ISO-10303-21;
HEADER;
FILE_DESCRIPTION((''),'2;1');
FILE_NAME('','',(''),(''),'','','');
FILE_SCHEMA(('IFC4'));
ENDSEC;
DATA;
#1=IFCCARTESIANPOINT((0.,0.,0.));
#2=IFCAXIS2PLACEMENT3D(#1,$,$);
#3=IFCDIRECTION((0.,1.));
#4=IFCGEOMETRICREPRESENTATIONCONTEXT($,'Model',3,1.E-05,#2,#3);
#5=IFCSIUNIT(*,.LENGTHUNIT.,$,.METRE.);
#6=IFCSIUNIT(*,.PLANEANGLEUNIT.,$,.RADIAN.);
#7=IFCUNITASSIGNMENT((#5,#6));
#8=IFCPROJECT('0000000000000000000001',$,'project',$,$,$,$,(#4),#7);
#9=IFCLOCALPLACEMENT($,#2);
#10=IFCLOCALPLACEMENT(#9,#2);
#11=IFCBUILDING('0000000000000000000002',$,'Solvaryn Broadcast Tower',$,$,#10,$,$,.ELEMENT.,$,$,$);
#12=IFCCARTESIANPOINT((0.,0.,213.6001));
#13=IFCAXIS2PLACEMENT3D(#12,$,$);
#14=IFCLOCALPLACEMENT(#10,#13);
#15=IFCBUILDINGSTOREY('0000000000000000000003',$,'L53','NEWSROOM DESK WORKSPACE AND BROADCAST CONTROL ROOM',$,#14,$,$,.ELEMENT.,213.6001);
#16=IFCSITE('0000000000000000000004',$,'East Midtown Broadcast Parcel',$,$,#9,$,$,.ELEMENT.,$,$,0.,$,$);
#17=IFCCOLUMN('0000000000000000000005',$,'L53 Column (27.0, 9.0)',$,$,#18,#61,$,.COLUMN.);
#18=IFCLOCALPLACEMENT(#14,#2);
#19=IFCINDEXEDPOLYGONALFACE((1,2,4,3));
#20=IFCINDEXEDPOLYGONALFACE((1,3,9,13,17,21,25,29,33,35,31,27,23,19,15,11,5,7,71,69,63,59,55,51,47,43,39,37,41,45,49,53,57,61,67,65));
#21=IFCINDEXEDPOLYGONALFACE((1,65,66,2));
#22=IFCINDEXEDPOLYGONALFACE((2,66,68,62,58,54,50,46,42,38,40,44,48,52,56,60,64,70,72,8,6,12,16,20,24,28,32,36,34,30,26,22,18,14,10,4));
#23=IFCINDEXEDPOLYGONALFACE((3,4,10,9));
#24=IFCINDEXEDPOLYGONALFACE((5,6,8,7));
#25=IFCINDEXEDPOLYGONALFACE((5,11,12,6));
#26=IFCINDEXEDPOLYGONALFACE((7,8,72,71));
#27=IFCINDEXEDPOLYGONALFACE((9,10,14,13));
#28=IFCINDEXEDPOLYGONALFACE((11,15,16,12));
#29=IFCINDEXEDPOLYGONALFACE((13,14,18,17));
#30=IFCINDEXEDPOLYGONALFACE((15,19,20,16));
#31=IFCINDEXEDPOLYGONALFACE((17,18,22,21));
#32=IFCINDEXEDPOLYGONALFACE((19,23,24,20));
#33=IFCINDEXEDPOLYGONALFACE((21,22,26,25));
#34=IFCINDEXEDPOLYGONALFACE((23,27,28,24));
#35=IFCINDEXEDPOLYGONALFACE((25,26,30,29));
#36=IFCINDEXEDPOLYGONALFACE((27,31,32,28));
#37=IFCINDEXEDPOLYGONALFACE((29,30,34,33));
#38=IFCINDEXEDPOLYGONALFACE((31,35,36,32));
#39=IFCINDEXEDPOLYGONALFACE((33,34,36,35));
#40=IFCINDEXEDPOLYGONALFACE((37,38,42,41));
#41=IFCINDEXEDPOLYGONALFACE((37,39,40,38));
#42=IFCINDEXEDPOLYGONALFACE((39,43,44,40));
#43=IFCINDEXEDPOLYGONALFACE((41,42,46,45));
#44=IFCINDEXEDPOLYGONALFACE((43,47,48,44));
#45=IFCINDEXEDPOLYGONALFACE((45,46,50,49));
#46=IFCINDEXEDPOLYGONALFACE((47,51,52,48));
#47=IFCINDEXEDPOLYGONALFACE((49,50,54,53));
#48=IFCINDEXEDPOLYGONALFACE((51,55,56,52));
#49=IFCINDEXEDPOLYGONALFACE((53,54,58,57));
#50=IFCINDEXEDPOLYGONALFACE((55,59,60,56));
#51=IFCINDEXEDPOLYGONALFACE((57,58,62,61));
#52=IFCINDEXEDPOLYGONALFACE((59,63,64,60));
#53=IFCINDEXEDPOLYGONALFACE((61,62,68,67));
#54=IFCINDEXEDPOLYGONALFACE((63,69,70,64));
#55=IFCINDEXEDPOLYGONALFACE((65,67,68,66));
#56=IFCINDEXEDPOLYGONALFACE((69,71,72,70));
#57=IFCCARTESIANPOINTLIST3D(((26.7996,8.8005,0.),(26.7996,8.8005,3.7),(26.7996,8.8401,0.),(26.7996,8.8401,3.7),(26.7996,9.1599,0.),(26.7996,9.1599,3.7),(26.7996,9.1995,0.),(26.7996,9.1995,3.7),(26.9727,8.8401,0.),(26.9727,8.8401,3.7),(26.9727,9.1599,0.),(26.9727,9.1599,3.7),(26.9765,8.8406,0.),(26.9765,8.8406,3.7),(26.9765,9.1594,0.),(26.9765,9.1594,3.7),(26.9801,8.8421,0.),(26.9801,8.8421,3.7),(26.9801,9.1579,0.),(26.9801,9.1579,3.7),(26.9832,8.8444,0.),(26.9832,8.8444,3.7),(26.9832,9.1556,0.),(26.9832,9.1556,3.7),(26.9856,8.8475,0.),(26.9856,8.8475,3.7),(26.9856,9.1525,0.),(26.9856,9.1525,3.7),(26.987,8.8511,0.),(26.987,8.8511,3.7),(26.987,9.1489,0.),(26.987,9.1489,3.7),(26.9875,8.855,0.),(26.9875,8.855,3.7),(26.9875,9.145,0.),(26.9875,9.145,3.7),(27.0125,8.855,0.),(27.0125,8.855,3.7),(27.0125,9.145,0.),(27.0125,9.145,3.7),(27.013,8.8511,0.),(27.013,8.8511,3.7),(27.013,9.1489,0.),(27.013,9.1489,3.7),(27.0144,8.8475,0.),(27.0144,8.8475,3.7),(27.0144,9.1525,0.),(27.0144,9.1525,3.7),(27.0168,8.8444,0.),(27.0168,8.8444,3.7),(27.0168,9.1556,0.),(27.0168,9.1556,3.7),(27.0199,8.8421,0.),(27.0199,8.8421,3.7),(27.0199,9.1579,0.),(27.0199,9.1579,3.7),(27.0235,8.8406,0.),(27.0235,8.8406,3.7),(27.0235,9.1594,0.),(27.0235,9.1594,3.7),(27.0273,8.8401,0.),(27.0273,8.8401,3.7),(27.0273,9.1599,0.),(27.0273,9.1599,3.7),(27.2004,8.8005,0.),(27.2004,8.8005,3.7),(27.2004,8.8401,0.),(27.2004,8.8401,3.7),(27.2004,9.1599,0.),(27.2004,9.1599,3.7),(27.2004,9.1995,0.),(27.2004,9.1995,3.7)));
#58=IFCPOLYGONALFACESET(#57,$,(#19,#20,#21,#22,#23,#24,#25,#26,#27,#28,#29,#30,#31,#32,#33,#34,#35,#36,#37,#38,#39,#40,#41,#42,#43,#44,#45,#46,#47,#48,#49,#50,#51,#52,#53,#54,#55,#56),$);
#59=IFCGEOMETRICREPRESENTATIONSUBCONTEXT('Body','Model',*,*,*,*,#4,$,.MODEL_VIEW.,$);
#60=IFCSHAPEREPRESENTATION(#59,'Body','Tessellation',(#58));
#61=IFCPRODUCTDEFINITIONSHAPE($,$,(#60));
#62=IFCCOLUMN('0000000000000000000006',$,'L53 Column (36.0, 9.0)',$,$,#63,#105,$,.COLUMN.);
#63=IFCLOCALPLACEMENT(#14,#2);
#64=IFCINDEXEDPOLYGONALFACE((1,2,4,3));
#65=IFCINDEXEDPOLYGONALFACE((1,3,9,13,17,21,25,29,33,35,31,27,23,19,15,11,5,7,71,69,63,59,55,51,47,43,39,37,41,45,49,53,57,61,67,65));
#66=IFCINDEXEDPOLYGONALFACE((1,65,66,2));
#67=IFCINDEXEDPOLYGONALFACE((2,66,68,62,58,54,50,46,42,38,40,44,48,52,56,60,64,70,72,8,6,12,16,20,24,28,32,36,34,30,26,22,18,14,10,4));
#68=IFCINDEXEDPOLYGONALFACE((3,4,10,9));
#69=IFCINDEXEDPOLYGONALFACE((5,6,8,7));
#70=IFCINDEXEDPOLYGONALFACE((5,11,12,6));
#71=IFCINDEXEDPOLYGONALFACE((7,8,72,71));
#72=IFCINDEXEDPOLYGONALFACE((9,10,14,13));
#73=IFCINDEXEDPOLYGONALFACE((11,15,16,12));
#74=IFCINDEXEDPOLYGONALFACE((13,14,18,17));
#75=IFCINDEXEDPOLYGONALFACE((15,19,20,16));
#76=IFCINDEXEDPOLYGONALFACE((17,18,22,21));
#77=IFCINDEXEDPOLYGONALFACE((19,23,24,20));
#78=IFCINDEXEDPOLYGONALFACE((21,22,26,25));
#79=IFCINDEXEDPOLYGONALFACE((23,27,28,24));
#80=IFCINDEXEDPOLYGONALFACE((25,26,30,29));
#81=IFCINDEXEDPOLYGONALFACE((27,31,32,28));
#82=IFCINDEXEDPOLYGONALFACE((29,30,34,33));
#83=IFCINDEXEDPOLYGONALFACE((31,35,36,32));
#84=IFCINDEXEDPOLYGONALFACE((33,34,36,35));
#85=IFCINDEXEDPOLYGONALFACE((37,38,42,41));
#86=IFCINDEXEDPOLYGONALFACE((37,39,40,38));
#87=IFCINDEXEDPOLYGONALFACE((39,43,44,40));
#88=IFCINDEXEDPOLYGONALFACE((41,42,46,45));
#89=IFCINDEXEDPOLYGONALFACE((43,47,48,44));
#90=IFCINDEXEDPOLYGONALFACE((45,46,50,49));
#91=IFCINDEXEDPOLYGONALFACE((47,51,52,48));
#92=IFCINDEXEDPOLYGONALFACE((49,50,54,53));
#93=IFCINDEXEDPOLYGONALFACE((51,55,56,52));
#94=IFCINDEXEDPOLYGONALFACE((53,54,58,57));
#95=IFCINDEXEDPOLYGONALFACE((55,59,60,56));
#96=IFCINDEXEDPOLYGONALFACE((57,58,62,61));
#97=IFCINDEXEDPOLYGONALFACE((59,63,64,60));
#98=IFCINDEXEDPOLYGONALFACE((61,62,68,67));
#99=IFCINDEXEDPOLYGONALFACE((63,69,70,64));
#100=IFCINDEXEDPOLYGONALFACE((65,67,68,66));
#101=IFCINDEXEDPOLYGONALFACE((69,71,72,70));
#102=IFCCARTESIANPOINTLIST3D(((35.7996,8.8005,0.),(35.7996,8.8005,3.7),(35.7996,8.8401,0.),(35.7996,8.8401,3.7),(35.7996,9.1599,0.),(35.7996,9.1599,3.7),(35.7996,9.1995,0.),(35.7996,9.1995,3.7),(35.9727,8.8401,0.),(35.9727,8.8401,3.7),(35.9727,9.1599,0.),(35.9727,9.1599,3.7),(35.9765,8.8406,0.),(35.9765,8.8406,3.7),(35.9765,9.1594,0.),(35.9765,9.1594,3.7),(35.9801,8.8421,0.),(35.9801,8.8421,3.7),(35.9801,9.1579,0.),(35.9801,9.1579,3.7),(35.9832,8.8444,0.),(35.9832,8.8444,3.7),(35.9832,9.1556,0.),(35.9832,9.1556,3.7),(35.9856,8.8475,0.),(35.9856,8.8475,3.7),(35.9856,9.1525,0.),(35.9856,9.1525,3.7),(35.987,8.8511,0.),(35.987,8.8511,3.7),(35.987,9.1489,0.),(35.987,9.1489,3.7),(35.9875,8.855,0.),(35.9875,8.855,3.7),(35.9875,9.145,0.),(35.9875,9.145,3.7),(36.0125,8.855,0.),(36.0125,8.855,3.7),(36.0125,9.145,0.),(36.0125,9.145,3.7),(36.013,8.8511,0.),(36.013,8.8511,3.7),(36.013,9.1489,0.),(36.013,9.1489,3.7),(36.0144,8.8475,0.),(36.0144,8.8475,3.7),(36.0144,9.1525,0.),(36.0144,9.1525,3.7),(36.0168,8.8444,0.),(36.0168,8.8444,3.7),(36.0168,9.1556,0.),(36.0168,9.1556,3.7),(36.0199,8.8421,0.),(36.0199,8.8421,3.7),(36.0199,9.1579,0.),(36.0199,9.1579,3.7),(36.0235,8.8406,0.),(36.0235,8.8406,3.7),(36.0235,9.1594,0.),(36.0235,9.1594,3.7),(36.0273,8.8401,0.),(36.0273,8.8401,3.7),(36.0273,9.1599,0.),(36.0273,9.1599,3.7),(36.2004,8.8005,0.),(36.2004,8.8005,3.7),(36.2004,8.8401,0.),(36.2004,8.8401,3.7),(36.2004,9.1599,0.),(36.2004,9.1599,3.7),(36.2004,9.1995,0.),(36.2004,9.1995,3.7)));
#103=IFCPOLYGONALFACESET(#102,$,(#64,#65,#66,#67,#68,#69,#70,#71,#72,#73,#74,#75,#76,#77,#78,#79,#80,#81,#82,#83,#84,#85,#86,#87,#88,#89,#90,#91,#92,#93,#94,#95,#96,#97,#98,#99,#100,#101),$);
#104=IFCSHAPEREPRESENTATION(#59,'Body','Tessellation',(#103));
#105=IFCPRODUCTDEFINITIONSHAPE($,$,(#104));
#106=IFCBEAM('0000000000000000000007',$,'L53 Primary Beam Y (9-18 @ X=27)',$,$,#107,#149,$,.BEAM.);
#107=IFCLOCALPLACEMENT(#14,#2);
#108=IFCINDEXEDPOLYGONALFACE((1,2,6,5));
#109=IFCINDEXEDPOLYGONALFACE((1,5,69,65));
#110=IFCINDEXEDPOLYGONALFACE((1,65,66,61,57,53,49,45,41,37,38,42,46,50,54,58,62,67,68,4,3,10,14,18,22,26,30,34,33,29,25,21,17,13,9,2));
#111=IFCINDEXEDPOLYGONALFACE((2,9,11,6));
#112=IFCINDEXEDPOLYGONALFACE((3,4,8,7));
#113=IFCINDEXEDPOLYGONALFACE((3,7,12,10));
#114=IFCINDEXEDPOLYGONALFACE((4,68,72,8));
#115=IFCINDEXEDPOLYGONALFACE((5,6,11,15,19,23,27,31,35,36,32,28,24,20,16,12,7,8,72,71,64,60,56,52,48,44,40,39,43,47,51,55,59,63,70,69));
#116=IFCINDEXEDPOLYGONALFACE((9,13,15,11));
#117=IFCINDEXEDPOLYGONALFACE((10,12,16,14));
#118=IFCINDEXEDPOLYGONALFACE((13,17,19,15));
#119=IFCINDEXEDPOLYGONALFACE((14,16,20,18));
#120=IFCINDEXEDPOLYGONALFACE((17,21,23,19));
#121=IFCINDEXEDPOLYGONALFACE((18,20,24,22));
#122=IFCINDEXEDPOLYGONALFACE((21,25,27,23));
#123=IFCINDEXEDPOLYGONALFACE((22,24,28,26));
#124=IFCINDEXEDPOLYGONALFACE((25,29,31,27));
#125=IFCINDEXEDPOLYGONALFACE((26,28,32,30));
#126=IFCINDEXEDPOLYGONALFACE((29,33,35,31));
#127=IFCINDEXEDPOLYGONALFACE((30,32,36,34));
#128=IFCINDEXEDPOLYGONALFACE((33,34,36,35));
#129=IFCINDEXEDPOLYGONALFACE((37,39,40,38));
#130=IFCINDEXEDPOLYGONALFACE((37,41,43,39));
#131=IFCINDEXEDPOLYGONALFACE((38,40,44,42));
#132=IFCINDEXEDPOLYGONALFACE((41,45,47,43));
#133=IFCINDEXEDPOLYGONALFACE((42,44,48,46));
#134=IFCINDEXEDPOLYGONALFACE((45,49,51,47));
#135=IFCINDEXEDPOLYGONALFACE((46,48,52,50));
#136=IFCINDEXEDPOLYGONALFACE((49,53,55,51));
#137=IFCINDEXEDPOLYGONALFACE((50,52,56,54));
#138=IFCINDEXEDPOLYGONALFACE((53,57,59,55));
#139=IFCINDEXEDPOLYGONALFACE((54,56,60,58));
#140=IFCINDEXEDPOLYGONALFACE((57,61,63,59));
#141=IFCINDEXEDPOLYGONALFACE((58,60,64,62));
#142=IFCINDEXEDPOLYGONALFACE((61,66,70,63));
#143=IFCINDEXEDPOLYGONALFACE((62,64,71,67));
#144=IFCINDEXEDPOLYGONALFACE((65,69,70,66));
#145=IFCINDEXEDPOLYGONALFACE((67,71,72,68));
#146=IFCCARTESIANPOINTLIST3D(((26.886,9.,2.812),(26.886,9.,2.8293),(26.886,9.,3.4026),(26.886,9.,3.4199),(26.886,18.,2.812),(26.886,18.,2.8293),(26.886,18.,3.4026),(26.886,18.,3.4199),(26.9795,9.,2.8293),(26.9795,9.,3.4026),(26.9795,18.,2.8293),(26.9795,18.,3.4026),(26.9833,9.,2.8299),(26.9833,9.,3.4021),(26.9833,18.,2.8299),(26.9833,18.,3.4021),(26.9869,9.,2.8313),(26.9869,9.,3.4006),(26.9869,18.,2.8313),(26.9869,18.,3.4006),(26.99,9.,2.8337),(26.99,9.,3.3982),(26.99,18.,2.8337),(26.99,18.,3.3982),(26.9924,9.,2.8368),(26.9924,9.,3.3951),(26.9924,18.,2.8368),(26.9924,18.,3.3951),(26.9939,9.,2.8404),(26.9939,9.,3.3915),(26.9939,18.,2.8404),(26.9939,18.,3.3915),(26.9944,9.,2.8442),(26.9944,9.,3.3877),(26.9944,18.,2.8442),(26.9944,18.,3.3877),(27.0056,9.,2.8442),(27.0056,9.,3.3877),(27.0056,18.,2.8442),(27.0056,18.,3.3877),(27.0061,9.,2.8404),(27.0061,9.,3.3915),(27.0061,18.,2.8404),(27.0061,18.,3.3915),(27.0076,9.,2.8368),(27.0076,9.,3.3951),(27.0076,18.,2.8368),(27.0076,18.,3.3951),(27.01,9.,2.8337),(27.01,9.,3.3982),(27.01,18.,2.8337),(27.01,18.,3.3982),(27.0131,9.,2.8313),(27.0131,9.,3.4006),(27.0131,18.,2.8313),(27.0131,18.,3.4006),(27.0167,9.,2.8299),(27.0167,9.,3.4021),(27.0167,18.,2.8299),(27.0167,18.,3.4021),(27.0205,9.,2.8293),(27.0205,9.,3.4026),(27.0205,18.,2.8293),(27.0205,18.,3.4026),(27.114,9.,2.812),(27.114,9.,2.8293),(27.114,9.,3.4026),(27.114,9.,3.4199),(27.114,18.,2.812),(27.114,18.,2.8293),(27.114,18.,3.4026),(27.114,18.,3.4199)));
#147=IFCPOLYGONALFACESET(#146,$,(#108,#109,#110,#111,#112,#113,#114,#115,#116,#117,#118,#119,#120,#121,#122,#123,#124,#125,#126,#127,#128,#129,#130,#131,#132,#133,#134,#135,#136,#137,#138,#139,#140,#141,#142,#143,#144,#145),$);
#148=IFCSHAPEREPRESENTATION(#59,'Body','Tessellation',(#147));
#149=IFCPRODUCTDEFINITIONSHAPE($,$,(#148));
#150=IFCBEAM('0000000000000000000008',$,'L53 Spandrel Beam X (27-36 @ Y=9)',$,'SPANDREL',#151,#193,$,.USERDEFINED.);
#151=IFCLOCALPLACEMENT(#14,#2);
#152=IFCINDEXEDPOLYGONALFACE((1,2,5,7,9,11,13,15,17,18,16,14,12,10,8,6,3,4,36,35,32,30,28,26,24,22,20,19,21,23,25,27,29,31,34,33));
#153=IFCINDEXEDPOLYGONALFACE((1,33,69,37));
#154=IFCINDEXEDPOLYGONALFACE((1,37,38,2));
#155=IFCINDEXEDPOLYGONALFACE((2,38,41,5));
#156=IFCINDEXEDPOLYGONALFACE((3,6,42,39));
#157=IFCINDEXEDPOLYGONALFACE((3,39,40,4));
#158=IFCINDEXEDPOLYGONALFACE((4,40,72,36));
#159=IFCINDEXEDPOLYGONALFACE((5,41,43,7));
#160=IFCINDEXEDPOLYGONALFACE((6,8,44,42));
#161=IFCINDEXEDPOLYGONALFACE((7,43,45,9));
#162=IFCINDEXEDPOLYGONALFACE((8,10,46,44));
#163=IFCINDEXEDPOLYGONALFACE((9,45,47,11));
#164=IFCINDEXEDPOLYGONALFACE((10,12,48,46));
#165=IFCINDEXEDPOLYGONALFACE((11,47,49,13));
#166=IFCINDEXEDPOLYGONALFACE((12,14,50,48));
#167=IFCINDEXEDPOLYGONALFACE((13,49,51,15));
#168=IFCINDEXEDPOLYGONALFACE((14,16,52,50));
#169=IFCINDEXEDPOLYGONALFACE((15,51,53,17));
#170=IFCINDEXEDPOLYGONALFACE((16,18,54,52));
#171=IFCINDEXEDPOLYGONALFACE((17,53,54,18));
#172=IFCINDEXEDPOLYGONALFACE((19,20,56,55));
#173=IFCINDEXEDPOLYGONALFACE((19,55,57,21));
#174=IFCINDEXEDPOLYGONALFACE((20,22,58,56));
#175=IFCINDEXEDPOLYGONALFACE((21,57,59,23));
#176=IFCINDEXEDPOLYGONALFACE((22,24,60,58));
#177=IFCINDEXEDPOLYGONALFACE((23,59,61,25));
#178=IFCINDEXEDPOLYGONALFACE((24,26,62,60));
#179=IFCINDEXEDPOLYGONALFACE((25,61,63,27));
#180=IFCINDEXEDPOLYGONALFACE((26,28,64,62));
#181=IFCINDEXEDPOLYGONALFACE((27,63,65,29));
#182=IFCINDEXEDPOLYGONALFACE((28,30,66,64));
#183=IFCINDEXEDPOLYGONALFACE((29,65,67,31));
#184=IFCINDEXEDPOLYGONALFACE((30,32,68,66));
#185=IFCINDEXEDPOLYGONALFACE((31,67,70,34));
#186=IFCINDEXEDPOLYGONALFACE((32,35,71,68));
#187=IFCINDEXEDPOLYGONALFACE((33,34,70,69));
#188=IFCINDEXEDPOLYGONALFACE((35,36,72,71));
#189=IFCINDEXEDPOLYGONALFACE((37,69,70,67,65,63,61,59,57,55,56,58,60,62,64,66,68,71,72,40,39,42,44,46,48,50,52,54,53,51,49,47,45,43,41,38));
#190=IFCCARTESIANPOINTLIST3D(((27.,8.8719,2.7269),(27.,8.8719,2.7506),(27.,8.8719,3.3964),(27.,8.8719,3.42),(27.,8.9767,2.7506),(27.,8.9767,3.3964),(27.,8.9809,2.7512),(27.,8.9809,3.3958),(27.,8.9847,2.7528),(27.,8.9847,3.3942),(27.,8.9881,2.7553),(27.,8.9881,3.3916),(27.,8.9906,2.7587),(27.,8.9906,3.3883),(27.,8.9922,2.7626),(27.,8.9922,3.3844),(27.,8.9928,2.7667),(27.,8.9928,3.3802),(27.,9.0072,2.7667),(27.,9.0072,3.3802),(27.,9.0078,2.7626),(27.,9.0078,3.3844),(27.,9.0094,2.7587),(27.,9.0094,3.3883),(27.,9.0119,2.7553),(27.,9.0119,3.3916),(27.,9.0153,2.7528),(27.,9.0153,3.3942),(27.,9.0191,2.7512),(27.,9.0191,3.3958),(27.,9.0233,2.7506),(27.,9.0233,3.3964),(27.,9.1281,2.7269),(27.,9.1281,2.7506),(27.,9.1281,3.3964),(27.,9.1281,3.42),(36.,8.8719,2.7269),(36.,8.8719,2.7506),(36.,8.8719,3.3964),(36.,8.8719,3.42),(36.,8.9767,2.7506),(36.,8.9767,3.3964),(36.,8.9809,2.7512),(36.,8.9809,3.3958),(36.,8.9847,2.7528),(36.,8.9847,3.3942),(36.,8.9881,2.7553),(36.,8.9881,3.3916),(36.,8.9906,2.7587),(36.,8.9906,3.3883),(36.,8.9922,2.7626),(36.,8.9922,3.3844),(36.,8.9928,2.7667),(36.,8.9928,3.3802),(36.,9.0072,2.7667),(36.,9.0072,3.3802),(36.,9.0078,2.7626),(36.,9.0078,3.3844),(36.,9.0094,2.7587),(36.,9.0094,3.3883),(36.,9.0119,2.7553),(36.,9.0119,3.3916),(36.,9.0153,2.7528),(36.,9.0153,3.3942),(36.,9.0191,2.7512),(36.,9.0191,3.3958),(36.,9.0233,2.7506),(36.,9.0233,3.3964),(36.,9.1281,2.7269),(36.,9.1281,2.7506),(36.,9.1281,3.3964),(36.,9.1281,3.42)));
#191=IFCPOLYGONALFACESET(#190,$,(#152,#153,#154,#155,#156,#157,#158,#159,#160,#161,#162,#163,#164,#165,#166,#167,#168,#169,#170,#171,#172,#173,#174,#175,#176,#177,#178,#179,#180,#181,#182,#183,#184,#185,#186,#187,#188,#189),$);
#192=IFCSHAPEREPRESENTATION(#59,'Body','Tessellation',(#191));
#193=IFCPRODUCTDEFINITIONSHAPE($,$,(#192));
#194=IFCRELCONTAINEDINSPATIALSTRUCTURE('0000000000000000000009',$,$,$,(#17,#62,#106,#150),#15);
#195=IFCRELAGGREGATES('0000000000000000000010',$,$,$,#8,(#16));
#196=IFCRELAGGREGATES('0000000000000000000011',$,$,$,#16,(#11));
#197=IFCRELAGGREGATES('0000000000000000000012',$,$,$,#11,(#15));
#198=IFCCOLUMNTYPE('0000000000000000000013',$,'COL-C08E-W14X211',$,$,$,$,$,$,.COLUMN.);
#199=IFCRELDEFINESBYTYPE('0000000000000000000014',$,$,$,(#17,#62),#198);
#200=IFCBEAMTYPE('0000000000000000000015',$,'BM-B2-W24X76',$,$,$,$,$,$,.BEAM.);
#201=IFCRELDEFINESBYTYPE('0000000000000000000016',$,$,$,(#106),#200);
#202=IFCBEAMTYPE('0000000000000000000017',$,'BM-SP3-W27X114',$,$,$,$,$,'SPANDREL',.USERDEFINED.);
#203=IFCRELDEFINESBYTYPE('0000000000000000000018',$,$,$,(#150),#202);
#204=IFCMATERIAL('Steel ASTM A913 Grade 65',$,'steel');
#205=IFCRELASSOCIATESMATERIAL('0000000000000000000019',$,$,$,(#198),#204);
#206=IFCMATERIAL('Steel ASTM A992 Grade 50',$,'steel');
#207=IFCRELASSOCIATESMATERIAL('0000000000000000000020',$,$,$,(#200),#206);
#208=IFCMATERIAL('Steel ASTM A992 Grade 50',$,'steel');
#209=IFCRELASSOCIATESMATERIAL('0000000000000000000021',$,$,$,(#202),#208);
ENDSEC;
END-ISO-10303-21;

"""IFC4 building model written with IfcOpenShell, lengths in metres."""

from ifc_helpers import new_model, si_unit, direction, frame, origin, origin_2d, place, context, subcontext, project, spatial, i_section, extrude, material, material_profile, profile_set, type_object, element, save


model = new_model("IFC4")

# Units and contexts
model_context = context("Model", 3, precision=1e-05, world=origin(), true_north=direction((0.0, 1.0)))
body_context = subcontext(model_context, "Body", "Model", "MODEL_VIEW")
ifc_project = project(units=[si_unit("LENGTHUNIT", "METRE"), si_unit("PLANEANGLEUNIT", "RADIAN")], contexts=[model_context])

# Site, building, storey
site_placement = place(None, origin())
site = spatial("IfcSite", under=ifc_project, at=site_placement, Name="East Midtown Broadcast Parcel", CompositionType="ELEMENT", RefElevation=0.0)
building_placement = place(site_placement, origin())
building = spatial("IfcBuilding", under=site, at=building_placement, Name="Solvaryn Broadcast Tower", CompositionType="ELEMENT")
storey_placement = place(building_placement, frame((0.0, 0.0, 213.6001)))
storey = spatial("IfcBuildingStorey", under=building, at=storey_placement, Name="L53", Description="NEWSROOM DESK WORKSPACE AND BROADCAST CONTROL ROOM", CompositionType="ELEMENT", Elevation=213.6001)

# Columns
ifc_material_1 = material(Name="Steel ASTM A913 Grade 65", Category="steel")
ifc_material_profile_1 = material_profile(ifc_material_1, i_section(OverallWidth=0.4009, OverallDepth=0.3989, WebThickness=0.0249, FlangeThickness=0.0396, FilletRadius=0.0149, at=origin_2d()))
ifc_profile_set_1 = profile_set([ifc_material_profile_1], Name="Steel ASTM A913 Grade 65")
column_type = type_object("IfcColumnType", Name="COL-C08E-W14X211", PredefinedType="COLUMN", material=ifc_profile_set_1)
for number, where, z_axis, x_axis, name in (
    (1, (27.0, 9.0, 0.0), (0.0, 0.0, 1.0), (1.0, 0.0, 0.0), "L53 Column (27.0, 9.0)"),
    (2, (36.0, 9.0, 0.0), (0.0, 0.0, 1.0), (1.0, 0.0, 0.0), "L53 Column (36.0, 9.0)"),
):
    element("IfcColumn", number, at=place(storey_placement, frame(where, z_axis=z_axis, x_axis=x_axis)), inside=storey, type_object=column_type, Name=name, PredefinedType="COLUMN", context=body_context, shape_type="SweptSolid", body=[
        extrude(i_section(OverallWidth=0.4009, OverallDepth=0.3989, WebThickness=0.0249, FlangeThickness=0.0396, FilletRadius=0.0149, at=origin_2d()), origin(), (0.0, 0.0, 1.0), 3.7),
    ])

# Beams
ifc_material_2 = material(Name="Steel ASTM A992 Grade 50", Category="steel")
ifc_material_profile_2 = material_profile(ifc_material_2, i_section(OverallWidth=0.228, OverallDepth=0.6079, WebThickness=0.0112, FlangeThickness=0.0173, FilletRadius=0.0149, at=origin_2d()))
ifc_profile_set_2 = profile_set([ifc_material_profile_2], Name="Steel ASTM A992 Grade 50")
beam_type_1 = type_object("IfcBeamType", Name="BM-B2-W24X76", PredefinedType="BEAM", material=ifc_profile_set_2)
beam_1_placement = place(storey_placement, frame((27.0, 9.0, 3.116), z_axis=(0.0, 1.0, 0.0), x_axis=(-1.0, 0.0, 0.0)))
element("IfcBeam", 3, at=beam_1_placement, inside=storey, type_object=beam_type_1, Name="L53 Primary Beam Y (9-18 @ X=27)", PredefinedType="BEAM", context=body_context, shape_type="SweptSolid", body=[
    extrude(i_section(OverallWidth=0.228, OverallDepth=0.6079, WebThickness=0.0112, FlangeThickness=0.0173, FilletRadius=0.0149, at=origin_2d()), origin(), (0.0, 0.0, 1.0), 9.0),
])
ifc_material_3 = material(Name="Steel ASTM A992 Grade 50", Category="steel")
ifc_material_profile_3 = material_profile(ifc_material_3, i_section(OverallWidth=0.2561, OverallDepth=0.6931, WebThickness=0.0144, FlangeThickness=0.0237, FilletRadius=0.0161, at=origin_2d()))
ifc_profile_set_3 = profile_set([ifc_material_profile_3], Name="Steel ASTM A992 Grade 50")
beam_type_2 = type_object("IfcBeamType", Name="BM-SP3-W27X114", ElementType="SPANDREL", PredefinedType="USERDEFINED", material=ifc_profile_set_3)
beam_2_placement = place(storey_placement, frame((27.0, 9.0, 3.0735), z_axis=(1.0, 0.0, 0.0), x_axis=(0.0, 1.0, 0.0)))
element("IfcBeam", 4, at=beam_2_placement, inside=storey, type_object=beam_type_2, Name="L53 Spandrel Beam X (27-36 @ Y=9)", ObjectType="SPANDREL", PredefinedType="USERDEFINED", context=body_context, shape_type="SweptSolid", body=[
    extrude(i_section(OverallWidth=0.2561, OverallDepth=0.6931, WebThickness=0.0144, FlangeThickness=0.0237, FilletRadius=0.0161, at=origin_2d()), origin(), (0.0, 0.0, 1.0), 9.0),
])

save(model, "model.ifc")
